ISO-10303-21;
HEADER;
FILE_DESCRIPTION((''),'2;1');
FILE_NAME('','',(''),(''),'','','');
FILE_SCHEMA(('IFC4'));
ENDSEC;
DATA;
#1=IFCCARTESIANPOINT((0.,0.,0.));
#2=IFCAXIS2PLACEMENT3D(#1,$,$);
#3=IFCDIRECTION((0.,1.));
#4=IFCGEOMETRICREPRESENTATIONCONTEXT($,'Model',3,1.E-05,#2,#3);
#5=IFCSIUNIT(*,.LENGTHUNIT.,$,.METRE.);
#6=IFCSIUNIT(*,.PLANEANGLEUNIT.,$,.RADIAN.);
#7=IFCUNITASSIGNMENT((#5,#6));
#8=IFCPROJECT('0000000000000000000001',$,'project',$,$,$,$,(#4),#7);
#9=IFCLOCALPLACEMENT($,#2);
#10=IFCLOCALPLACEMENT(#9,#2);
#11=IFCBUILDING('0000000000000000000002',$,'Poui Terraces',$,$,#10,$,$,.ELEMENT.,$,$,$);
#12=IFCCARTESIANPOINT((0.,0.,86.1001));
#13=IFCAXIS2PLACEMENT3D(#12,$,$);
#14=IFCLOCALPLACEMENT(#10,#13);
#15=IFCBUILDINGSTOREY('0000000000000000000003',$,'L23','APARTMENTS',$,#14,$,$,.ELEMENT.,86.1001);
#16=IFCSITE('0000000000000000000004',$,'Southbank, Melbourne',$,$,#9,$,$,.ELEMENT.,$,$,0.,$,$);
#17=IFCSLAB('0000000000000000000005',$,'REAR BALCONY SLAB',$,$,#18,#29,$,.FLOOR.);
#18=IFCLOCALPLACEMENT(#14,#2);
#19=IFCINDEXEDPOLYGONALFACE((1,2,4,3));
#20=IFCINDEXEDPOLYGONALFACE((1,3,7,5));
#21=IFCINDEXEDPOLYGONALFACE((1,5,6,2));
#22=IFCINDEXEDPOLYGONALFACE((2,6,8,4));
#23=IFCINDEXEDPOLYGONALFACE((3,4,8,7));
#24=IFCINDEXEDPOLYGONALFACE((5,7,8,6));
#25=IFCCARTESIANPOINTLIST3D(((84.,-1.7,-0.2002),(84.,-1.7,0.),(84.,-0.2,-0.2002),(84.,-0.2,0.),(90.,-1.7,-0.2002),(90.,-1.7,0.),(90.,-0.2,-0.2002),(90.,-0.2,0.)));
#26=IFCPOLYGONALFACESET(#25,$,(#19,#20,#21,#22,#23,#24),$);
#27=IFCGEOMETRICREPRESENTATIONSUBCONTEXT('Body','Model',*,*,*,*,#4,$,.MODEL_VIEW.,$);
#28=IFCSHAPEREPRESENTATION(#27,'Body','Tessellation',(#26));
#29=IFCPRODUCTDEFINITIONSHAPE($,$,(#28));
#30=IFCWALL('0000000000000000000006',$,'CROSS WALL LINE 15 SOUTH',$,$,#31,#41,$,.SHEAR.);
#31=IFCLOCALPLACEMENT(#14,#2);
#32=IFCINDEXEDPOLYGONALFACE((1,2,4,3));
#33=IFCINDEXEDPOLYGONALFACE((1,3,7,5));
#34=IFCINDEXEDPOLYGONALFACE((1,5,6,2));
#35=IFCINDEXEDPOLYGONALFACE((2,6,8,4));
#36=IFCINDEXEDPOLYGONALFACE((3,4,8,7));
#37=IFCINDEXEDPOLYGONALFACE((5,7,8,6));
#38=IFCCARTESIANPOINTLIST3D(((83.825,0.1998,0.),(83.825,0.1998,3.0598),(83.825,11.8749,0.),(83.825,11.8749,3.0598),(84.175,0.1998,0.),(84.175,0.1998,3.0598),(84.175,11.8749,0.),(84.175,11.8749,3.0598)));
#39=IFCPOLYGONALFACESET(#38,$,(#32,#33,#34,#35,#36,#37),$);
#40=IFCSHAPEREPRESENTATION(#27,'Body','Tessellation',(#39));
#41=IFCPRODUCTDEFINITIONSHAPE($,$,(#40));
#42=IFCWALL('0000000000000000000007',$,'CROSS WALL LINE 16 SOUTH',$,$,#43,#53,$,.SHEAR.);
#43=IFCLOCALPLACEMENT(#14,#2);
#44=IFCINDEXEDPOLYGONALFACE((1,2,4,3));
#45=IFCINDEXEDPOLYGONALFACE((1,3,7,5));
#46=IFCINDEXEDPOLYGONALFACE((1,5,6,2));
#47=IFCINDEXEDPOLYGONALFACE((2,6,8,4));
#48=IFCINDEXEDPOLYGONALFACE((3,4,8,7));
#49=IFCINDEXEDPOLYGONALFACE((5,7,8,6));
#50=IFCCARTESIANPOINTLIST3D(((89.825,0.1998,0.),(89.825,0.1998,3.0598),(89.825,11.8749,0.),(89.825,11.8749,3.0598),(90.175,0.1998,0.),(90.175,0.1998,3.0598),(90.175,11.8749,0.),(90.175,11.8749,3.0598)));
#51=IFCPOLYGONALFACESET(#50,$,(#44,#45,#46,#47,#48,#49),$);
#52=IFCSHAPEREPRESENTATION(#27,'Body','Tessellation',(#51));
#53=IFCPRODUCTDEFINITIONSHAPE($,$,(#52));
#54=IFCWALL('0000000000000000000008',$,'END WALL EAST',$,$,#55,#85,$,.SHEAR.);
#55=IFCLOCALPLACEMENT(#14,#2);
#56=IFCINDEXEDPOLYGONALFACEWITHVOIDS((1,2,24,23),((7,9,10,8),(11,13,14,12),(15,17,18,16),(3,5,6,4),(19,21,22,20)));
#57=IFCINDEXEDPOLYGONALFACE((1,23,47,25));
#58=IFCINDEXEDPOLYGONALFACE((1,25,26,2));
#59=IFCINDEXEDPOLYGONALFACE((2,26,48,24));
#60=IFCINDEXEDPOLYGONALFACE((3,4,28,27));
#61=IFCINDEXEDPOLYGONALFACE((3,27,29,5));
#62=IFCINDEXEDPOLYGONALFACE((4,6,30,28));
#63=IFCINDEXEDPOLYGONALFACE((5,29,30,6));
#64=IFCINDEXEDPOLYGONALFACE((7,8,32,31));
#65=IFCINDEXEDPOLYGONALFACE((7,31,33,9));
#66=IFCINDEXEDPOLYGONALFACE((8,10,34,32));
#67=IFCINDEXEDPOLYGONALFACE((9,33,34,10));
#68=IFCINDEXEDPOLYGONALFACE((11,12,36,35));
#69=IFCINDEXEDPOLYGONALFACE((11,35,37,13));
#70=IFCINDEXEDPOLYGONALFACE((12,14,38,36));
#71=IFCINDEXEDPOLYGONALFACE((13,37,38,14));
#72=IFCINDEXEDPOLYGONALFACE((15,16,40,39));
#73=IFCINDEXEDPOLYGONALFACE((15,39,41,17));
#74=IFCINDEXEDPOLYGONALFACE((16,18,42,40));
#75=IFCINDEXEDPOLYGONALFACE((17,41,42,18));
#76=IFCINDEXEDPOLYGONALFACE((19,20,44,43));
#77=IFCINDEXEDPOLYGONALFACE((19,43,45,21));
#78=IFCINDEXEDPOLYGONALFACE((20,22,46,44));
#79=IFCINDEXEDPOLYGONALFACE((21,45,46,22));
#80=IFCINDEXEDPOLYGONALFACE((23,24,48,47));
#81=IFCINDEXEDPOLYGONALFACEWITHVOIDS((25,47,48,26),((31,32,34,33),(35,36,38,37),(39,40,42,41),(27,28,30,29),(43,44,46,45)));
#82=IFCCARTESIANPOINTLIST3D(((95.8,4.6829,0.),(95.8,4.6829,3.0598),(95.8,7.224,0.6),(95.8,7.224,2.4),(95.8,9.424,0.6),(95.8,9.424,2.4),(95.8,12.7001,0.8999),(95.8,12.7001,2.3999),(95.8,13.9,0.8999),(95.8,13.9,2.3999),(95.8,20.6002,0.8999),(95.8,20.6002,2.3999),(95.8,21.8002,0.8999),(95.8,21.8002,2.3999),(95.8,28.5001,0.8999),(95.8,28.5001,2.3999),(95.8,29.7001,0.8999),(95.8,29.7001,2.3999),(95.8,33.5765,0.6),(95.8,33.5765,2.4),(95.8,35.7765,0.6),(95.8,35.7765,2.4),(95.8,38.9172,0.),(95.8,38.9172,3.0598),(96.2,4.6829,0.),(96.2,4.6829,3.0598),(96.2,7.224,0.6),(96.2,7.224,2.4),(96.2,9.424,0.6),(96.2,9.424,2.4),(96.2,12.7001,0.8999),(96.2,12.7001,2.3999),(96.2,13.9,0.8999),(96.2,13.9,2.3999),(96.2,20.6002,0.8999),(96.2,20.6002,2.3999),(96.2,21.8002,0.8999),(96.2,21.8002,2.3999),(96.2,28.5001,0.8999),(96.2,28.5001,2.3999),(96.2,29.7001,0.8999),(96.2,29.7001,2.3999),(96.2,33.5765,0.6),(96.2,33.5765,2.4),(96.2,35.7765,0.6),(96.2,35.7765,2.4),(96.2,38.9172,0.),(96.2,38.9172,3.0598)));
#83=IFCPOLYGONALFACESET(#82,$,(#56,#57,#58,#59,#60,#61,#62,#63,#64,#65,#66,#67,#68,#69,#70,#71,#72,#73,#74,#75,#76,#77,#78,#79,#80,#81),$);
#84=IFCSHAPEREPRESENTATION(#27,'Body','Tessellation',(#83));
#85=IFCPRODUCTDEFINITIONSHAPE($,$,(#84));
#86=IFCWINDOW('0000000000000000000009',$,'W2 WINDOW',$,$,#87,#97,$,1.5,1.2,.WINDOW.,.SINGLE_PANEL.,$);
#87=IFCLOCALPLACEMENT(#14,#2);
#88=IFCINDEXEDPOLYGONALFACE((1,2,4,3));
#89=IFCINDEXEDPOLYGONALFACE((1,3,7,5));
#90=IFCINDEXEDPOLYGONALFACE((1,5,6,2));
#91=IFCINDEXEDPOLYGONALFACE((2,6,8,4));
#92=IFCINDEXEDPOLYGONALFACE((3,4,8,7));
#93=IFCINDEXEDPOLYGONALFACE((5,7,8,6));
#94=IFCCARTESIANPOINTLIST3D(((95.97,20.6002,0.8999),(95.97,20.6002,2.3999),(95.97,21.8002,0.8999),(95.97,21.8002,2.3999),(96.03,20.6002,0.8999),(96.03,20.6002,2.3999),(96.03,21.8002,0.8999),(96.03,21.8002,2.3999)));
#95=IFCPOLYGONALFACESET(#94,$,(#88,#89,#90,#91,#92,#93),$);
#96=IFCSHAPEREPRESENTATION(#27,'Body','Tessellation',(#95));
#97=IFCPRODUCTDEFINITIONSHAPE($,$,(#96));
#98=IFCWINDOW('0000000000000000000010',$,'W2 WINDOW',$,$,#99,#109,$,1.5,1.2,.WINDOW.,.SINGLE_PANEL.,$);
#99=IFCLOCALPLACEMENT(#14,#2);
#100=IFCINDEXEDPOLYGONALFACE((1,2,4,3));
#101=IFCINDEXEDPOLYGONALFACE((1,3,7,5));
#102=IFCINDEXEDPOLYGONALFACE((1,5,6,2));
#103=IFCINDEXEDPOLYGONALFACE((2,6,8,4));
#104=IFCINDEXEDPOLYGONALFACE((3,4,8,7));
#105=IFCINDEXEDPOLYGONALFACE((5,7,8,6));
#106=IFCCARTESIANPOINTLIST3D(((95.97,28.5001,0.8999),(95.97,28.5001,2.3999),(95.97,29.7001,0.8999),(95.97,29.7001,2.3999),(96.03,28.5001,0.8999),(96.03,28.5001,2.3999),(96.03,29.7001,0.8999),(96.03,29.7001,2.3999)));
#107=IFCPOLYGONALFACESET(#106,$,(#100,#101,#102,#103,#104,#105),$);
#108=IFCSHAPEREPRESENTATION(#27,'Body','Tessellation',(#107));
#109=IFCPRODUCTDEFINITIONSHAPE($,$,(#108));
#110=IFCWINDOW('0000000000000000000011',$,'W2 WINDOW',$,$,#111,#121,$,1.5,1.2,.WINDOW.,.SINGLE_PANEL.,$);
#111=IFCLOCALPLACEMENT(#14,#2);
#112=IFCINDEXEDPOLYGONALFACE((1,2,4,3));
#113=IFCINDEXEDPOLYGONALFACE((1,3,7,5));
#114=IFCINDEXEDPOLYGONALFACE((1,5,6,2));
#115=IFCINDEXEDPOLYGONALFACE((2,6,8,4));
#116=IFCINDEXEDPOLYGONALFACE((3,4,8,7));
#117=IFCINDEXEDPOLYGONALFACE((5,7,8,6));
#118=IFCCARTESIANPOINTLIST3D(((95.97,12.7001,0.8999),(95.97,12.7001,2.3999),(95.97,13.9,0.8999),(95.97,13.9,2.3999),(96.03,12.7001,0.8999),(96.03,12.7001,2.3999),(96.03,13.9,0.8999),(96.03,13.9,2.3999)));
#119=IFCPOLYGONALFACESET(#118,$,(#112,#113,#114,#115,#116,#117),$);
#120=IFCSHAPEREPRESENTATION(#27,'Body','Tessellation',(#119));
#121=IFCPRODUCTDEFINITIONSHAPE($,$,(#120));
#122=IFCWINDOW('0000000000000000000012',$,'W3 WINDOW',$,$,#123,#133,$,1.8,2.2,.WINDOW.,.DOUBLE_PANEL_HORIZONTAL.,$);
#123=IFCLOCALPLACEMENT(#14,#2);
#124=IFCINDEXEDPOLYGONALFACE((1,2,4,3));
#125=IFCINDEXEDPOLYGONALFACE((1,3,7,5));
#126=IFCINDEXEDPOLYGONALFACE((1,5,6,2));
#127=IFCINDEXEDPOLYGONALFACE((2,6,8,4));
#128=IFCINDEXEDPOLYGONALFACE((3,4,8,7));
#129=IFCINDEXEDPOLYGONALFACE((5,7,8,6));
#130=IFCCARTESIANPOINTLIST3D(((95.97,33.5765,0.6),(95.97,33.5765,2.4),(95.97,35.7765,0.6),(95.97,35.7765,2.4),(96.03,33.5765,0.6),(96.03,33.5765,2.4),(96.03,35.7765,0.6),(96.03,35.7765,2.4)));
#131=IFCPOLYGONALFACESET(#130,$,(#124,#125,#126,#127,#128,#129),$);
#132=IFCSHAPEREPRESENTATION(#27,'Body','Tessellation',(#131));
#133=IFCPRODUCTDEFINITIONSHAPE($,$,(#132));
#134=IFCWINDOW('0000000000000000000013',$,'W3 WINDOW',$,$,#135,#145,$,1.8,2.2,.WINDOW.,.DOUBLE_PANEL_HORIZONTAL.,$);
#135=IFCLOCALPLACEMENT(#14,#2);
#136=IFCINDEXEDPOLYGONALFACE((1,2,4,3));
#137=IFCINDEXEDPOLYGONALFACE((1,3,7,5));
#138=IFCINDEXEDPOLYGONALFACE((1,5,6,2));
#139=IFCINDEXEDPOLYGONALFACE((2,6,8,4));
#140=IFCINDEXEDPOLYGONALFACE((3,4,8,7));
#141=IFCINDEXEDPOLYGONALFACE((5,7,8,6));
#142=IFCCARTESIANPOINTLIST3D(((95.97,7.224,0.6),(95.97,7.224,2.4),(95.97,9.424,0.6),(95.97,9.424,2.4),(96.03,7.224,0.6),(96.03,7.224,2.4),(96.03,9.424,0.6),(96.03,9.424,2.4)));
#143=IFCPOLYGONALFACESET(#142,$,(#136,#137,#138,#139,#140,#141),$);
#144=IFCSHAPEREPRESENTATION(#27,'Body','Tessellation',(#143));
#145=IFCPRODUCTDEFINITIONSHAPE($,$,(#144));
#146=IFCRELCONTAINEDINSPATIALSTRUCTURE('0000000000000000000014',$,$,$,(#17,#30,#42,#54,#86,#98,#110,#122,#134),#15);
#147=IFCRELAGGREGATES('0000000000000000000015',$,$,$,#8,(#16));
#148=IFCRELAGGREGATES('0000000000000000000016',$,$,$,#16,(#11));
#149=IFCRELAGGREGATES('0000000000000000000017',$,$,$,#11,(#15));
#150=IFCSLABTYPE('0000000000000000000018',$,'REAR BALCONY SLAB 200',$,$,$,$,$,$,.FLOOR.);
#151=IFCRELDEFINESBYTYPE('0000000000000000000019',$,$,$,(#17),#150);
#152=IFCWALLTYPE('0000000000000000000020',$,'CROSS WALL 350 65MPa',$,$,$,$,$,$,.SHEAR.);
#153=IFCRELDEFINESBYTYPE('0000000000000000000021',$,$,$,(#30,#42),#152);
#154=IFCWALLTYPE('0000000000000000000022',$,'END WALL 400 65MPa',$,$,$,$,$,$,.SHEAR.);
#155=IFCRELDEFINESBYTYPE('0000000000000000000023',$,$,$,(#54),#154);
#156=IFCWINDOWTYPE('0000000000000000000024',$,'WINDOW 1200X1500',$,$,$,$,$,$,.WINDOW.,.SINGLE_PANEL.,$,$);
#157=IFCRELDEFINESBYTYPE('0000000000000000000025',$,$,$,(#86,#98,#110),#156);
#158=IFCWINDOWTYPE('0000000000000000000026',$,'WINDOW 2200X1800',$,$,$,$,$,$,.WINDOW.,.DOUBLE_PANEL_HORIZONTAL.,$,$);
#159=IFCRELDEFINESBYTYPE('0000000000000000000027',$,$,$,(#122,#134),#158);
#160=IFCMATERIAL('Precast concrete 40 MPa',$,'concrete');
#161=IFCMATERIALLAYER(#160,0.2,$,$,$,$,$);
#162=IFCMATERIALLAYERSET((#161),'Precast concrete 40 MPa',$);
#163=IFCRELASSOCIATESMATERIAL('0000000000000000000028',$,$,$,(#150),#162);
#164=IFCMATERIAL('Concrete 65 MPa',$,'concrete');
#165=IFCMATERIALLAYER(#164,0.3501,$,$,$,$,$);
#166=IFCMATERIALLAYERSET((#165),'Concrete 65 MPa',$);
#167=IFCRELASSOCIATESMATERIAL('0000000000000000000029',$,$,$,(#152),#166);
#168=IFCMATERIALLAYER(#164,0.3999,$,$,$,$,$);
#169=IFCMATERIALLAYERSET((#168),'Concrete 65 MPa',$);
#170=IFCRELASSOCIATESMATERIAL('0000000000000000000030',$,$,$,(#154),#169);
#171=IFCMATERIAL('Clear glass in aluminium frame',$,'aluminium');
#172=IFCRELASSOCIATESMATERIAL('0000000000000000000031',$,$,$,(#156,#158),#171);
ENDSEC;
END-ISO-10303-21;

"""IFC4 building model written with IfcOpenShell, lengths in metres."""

from ifc_helpers import new_model, si_unit, direction, frame, frame_2d, origin, place, context, subcontext, project, spatial, polyline, rectangle, outline, extrude, source, transform, mapped, material, layer, layer_set, type_object, element, fill, save


model = new_model("IFC4")

# Units and contexts
model_context = context("Model", 3, precision=1e-05, world=origin(), true_north=direction((0.0, 1.0)))
body_context = subcontext(model_context, "Body", "Model", "MODEL_VIEW")
ifc_project = project(units=[si_unit("LENGTHUNIT", "METRE"), si_unit("PLANEANGLEUNIT", "RADIAN")], contexts=[model_context])

# Site, building, storey
site_placement = place(None, origin())
site = spatial("IfcSite", under=ifc_project, at=site_placement, Name="Southbank, Melbourne", CompositionType="ELEMENT", RefElevation=0.0)
building_placement = place(site_placement, origin())
building = spatial("IfcBuilding", under=site, at=building_placement, Name="Poui Terraces", CompositionType="ELEMENT")
storey_placement = place(building_placement, frame((0.0, 0.0, 86.1001)))
storey = spatial("IfcBuildingStorey", under=building, at=storey_placement, Name="L23", Description="APARTMENTS", CompositionType="ELEMENT", Elevation=86.1001)

# Slab
ifc_material_1 = material(Name="Precast concrete 40 MPa", Category="concrete")
ifc_layer_1 = layer(ifc_material_1, 0.2)
ifc_layer_set_1 = layer_set([ifc_layer_1], Name="Precast concrete 40 MPa")
slab_type = type_object("IfcSlabType", Name="REAR BALCONY SLAB 200", PredefinedType="FLOOR", material=ifc_layer_set_1)
shared_shape_1 = source(origin(), body_context, "Body", "SweptSolid", [
    extrude(outline(polyline([(0.0, 0.0), (6.0, 0.0), (6.0, 1.5), (0.0, 1.5), (0.0, 0.0)])), origin(), (0.0, 0.0, 1.0), 0.2002),
])
slab_placement = place(storey_placement, frame((84.0, -1.7, -0.2002)))
element("IfcSlab", 1, at=slab_placement, inside=storey, type_object=slab_type, Name="REAR BALCONY SLAB", PredefinedType="FLOOR", context=body_context, shape_type="MappedRepresentation", body=[
    mapped(shared_shape_1, transform((0.0, 0.0, 0.0))),
])

# Walls
ifc_material_2 = material(Name="Concrete 65 MPa", Category="concrete")
ifc_layer_2 = layer(ifc_material_2, 0.3501)
ifc_layer_set_2 = layer_set([ifc_layer_2], Name="Concrete 65 MPa")
wall_type_1 = type_object("IfcWallType", Name="CROSS WALL 350 65MPa", PredefinedType="SHEAR", material=ifc_layer_set_2)
for number, where, z_axis, x_axis, name in (
    (2, (84.0, 0.2, 0.0), (0.0, 0.0, 1.0), (0.0, 1.0, 0.0), "CROSS WALL LINE 15 SOUTH"),
    (3, (90.0, 0.2, 0.0), (0.0, 0.0, 1.0), (0.0, 1.0, 0.0), "CROSS WALL LINE 16 SOUTH"),
):
    element("IfcWall", number, at=place(storey_placement, frame(where, z_axis=z_axis, x_axis=x_axis)), inside=storey, type_object=wall_type_1, Name=name, PredefinedType="SHEAR", context=body_context, shape_type="SweptSolid", body=[
        extrude(rectangle(XDim=11.675, YDim=0.3501, at=frame_2d((5.8374, 0.0))), origin(), (0.0, 0.0, 1.0), 3.0598),
    ])

# Wall, openings, windows
ifc_layer_3 = layer(ifc_material_2, 0.3999)
ifc_layer_set_3 = layer_set([ifc_layer_3], Name="Concrete 65 MPa")
wall_type_2 = type_object("IfcWallType", Name="END WALL 400 65MPa", PredefinedType="SHEAR", material=ifc_layer_set_3)
wall_1_placement = place(storey_placement, frame((96.0, 4.6829, 0.0), z_axis=(0.0, 0.0, 1.0), x_axis=(0.0, 1.0, 0.0)))
wall_1 = element("IfcWall", 4, at=wall_1_placement, inside=storey, type_object=wall_type_2, Name="END WALL EAST", PredefinedType="SHEAR", context=body_context, shape_type="SweptSolid", body=[
    extrude(rectangle(XDim=34.2344, YDim=0.3999, at=frame_2d((17.1172, 0.0))), origin(), (0.0, 0.0, 1.0), 3.0598),
])
opening_1_placement = place(wall_1_placement, frame((15.9172, 0.0, 0.8999)))
opening_1 = element("IfcOpeningElement", 5, at=opening_1_placement, cuts=wall_1, PredefinedType="OPENING", context=body_context, shape_type="SweptSolid", body=[
    extrude(rectangle(XDim=1.2, YDim=1.5, at=frame_2d((0.6001, 0.75))), frame((0.0, 0.21, 0.0), z_axis=(0.0, -1.0, 0.0), x_axis=(1.0, 0.0, 0.0)), (0.0, 0.0, 1.0), 0.4199),
])
opening_2_placement = place(wall_1_placement, frame((23.8171, 0.0, 0.8999)))
opening_2 = element("IfcOpeningElement", 6, at=opening_2_placement, cuts=wall_1, PredefinedType="OPENING", context=body_context, shape_type="SweptSolid", body=[
    extrude(rectangle(XDim=1.2, YDim=1.5, at=frame_2d((0.6001, 0.75))), frame((0.0, 0.21, 0.0), z_axis=(0.0, -1.0, 0.0), x_axis=(1.0, 0.0, 0.0)), (0.0, 0.0, 1.0), 0.4199),
])
opening_3_placement = place(wall_1_placement, frame((8.0171, 0.0, 0.8999)))
opening_3 = element("IfcOpeningElement", 7, at=opening_3_placement, cuts=wall_1, PredefinedType="OPENING", context=body_context, shape_type="SweptSolid", body=[
    extrude(rectangle(XDim=1.2, YDim=1.5, at=frame_2d((0.6001, 0.75))), frame((0.0, 0.21, 0.0), z_axis=(0.0, -1.0, 0.0), x_axis=(1.0, 0.0, 0.0)), (0.0, 0.0, 1.0), 0.4199),
])
opening_4_placement = place(wall_1_placement, frame((28.8936, 0.0, 0.6001)))
opening_4 = element("IfcOpeningElement", 8, at=opening_4_placement, cuts=wall_1, PredefinedType="OPENING", context=body_context, shape_type="SweptSolid", body=[
    extrude(rectangle(XDim=2.2, YDim=1.8, at=frame_2d((1.1001, 0.8999))), frame((0.0, 0.21, 0.0), z_axis=(0.0, -1.0, 0.0), x_axis=(1.0, 0.0, 0.0)), (0.0, 0.0, 1.0), 0.4199),
])
opening_5_placement = place(wall_1_placement, frame((2.541, 0.0, 0.6001)))
opening_5 = element("IfcOpeningElement", 9, at=opening_5_placement, cuts=wall_1, PredefinedType="OPENING", context=body_context, shape_type="SweptSolid", body=[
    extrude(rectangle(XDim=2.2, YDim=1.8, at=frame_2d((1.1001, 0.8999))), frame((0.0, 0.21, 0.0), z_axis=(0.0, -1.0, 0.0), x_axis=(1.0, 0.0, 0.0)), (0.0, 0.0, 1.0), 0.4199),
])
ifc_material_3 = material(Name="Clear glass in aluminium frame", Category="aluminium")
window_type_1 = type_object("IfcWindowType", Name="WINDOW 1200X1500", PartitioningType="SINGLE_PANEL", PredefinedType="WINDOW", material=ifc_material_3)
window_1_placement = place(opening_1_placement, origin())
window_1 = element("IfcWindow", 10, at=window_1_placement, inside=storey, type_object=window_type_1, Name="W2 WINDOW", OverallHeight=1.5, OverallWidth=1.2, PartitioningType="SINGLE_PANEL", PredefinedType="WINDOW", context=body_context, shape_type="SweptSolid", body=[
    extrude(rectangle(XDim=1.2, YDim=1.5, at=frame_2d((0.6001, 0.75))), frame((0.0, 0.03, 0.0), z_axis=(0.0, -1.0, 0.0), x_axis=(1.0, 0.0, 0.0)), (0.0, 0.0, 1.0), 0.0601),
])
fill(opening_1, window_1)
window_2_placement = place(opening_2_placement, origin())
window_2 = element("IfcWindow", 11, at=window_2_placement, inside=storey, type_object=window_type_1, Name="W2 WINDOW", OverallHeight=1.5, OverallWidth=1.2, PartitioningType="SINGLE_PANEL", PredefinedType="WINDOW", context=body_context, shape_type="SweptSolid", body=[
    extrude(rectangle(XDim=1.2, YDim=1.5, at=frame_2d((0.6001, 0.75))), frame((0.0, 0.03, 0.0), z_axis=(0.0, -1.0, 0.0), x_axis=(1.0, 0.0, 0.0)), (0.0, 0.0, 1.0), 0.0601),
])
fill(opening_2, window_2)
window_3_placement = place(opening_3_placement, origin())
window_3 = element("IfcWindow", 12, at=window_3_placement, inside=storey, type_object=window_type_1, Name="W2 WINDOW", OverallHeight=1.5, OverallWidth=1.2, PartitioningType="SINGLE_PANEL", PredefinedType="WINDOW", context=body_context, shape_type="SweptSolid", body=[
    extrude(rectangle(XDim=1.2, YDim=1.5, at=frame_2d((0.6001, 0.75))), frame((0.0, 0.03, 0.0), z_axis=(0.0, -1.0, 0.0), x_axis=(1.0, 0.0, 0.0)), (0.0, 0.0, 1.0), 0.0601),
])
fill(opening_3, window_3)
window_type_2 = type_object("IfcWindowType", Name="WINDOW 2200X1800", PartitioningType="DOUBLE_PANEL_HORIZONTAL", PredefinedType="WINDOW", material=ifc_material_3)
window_4_placement = place(opening_4_placement, origin())
window_4 = element("IfcWindow", 13, at=window_4_placement, inside=storey, type_object=window_type_2, Name="W3 WINDOW", OverallHeight=1.8, OverallWidth=2.2, PartitioningType="DOUBLE_PANEL_HORIZONTAL", PredefinedType="WINDOW", context=body_context, shape_type="SweptSolid", body=[
    extrude(rectangle(XDim=2.2, YDim=1.8, at=frame_2d((1.1001, 0.8999))), frame((0.0, 0.03, 0.0), z_axis=(0.0, -1.0, 0.0), x_axis=(1.0, 0.0, 0.0)), (0.0, 0.0, 1.0), 0.0601),
])
fill(opening_4, window_4)
window_5_placement = place(opening_5_placement, origin())
window_5 = element("IfcWindow", 14, at=window_5_placement, inside=storey, type_object=window_type_2, Name="W3 WINDOW", OverallHeight=1.8, OverallWidth=2.2, PartitioningType="DOUBLE_PANEL_HORIZONTAL", PredefinedType="WINDOW", context=body_context, shape_type="SweptSolid", body=[
    extrude(rectangle(XDim=2.2, YDim=1.8, at=frame_2d((1.1001, 0.8999))), frame((0.0, 0.03, 0.0), z_axis=(0.0, -1.0, 0.0), x_axis=(1.0, 0.0, 0.0)), (0.0, 0.0, 1.0), 0.0601),
])
fill(opening_5, window_5)

save(model, "model.ifc")
